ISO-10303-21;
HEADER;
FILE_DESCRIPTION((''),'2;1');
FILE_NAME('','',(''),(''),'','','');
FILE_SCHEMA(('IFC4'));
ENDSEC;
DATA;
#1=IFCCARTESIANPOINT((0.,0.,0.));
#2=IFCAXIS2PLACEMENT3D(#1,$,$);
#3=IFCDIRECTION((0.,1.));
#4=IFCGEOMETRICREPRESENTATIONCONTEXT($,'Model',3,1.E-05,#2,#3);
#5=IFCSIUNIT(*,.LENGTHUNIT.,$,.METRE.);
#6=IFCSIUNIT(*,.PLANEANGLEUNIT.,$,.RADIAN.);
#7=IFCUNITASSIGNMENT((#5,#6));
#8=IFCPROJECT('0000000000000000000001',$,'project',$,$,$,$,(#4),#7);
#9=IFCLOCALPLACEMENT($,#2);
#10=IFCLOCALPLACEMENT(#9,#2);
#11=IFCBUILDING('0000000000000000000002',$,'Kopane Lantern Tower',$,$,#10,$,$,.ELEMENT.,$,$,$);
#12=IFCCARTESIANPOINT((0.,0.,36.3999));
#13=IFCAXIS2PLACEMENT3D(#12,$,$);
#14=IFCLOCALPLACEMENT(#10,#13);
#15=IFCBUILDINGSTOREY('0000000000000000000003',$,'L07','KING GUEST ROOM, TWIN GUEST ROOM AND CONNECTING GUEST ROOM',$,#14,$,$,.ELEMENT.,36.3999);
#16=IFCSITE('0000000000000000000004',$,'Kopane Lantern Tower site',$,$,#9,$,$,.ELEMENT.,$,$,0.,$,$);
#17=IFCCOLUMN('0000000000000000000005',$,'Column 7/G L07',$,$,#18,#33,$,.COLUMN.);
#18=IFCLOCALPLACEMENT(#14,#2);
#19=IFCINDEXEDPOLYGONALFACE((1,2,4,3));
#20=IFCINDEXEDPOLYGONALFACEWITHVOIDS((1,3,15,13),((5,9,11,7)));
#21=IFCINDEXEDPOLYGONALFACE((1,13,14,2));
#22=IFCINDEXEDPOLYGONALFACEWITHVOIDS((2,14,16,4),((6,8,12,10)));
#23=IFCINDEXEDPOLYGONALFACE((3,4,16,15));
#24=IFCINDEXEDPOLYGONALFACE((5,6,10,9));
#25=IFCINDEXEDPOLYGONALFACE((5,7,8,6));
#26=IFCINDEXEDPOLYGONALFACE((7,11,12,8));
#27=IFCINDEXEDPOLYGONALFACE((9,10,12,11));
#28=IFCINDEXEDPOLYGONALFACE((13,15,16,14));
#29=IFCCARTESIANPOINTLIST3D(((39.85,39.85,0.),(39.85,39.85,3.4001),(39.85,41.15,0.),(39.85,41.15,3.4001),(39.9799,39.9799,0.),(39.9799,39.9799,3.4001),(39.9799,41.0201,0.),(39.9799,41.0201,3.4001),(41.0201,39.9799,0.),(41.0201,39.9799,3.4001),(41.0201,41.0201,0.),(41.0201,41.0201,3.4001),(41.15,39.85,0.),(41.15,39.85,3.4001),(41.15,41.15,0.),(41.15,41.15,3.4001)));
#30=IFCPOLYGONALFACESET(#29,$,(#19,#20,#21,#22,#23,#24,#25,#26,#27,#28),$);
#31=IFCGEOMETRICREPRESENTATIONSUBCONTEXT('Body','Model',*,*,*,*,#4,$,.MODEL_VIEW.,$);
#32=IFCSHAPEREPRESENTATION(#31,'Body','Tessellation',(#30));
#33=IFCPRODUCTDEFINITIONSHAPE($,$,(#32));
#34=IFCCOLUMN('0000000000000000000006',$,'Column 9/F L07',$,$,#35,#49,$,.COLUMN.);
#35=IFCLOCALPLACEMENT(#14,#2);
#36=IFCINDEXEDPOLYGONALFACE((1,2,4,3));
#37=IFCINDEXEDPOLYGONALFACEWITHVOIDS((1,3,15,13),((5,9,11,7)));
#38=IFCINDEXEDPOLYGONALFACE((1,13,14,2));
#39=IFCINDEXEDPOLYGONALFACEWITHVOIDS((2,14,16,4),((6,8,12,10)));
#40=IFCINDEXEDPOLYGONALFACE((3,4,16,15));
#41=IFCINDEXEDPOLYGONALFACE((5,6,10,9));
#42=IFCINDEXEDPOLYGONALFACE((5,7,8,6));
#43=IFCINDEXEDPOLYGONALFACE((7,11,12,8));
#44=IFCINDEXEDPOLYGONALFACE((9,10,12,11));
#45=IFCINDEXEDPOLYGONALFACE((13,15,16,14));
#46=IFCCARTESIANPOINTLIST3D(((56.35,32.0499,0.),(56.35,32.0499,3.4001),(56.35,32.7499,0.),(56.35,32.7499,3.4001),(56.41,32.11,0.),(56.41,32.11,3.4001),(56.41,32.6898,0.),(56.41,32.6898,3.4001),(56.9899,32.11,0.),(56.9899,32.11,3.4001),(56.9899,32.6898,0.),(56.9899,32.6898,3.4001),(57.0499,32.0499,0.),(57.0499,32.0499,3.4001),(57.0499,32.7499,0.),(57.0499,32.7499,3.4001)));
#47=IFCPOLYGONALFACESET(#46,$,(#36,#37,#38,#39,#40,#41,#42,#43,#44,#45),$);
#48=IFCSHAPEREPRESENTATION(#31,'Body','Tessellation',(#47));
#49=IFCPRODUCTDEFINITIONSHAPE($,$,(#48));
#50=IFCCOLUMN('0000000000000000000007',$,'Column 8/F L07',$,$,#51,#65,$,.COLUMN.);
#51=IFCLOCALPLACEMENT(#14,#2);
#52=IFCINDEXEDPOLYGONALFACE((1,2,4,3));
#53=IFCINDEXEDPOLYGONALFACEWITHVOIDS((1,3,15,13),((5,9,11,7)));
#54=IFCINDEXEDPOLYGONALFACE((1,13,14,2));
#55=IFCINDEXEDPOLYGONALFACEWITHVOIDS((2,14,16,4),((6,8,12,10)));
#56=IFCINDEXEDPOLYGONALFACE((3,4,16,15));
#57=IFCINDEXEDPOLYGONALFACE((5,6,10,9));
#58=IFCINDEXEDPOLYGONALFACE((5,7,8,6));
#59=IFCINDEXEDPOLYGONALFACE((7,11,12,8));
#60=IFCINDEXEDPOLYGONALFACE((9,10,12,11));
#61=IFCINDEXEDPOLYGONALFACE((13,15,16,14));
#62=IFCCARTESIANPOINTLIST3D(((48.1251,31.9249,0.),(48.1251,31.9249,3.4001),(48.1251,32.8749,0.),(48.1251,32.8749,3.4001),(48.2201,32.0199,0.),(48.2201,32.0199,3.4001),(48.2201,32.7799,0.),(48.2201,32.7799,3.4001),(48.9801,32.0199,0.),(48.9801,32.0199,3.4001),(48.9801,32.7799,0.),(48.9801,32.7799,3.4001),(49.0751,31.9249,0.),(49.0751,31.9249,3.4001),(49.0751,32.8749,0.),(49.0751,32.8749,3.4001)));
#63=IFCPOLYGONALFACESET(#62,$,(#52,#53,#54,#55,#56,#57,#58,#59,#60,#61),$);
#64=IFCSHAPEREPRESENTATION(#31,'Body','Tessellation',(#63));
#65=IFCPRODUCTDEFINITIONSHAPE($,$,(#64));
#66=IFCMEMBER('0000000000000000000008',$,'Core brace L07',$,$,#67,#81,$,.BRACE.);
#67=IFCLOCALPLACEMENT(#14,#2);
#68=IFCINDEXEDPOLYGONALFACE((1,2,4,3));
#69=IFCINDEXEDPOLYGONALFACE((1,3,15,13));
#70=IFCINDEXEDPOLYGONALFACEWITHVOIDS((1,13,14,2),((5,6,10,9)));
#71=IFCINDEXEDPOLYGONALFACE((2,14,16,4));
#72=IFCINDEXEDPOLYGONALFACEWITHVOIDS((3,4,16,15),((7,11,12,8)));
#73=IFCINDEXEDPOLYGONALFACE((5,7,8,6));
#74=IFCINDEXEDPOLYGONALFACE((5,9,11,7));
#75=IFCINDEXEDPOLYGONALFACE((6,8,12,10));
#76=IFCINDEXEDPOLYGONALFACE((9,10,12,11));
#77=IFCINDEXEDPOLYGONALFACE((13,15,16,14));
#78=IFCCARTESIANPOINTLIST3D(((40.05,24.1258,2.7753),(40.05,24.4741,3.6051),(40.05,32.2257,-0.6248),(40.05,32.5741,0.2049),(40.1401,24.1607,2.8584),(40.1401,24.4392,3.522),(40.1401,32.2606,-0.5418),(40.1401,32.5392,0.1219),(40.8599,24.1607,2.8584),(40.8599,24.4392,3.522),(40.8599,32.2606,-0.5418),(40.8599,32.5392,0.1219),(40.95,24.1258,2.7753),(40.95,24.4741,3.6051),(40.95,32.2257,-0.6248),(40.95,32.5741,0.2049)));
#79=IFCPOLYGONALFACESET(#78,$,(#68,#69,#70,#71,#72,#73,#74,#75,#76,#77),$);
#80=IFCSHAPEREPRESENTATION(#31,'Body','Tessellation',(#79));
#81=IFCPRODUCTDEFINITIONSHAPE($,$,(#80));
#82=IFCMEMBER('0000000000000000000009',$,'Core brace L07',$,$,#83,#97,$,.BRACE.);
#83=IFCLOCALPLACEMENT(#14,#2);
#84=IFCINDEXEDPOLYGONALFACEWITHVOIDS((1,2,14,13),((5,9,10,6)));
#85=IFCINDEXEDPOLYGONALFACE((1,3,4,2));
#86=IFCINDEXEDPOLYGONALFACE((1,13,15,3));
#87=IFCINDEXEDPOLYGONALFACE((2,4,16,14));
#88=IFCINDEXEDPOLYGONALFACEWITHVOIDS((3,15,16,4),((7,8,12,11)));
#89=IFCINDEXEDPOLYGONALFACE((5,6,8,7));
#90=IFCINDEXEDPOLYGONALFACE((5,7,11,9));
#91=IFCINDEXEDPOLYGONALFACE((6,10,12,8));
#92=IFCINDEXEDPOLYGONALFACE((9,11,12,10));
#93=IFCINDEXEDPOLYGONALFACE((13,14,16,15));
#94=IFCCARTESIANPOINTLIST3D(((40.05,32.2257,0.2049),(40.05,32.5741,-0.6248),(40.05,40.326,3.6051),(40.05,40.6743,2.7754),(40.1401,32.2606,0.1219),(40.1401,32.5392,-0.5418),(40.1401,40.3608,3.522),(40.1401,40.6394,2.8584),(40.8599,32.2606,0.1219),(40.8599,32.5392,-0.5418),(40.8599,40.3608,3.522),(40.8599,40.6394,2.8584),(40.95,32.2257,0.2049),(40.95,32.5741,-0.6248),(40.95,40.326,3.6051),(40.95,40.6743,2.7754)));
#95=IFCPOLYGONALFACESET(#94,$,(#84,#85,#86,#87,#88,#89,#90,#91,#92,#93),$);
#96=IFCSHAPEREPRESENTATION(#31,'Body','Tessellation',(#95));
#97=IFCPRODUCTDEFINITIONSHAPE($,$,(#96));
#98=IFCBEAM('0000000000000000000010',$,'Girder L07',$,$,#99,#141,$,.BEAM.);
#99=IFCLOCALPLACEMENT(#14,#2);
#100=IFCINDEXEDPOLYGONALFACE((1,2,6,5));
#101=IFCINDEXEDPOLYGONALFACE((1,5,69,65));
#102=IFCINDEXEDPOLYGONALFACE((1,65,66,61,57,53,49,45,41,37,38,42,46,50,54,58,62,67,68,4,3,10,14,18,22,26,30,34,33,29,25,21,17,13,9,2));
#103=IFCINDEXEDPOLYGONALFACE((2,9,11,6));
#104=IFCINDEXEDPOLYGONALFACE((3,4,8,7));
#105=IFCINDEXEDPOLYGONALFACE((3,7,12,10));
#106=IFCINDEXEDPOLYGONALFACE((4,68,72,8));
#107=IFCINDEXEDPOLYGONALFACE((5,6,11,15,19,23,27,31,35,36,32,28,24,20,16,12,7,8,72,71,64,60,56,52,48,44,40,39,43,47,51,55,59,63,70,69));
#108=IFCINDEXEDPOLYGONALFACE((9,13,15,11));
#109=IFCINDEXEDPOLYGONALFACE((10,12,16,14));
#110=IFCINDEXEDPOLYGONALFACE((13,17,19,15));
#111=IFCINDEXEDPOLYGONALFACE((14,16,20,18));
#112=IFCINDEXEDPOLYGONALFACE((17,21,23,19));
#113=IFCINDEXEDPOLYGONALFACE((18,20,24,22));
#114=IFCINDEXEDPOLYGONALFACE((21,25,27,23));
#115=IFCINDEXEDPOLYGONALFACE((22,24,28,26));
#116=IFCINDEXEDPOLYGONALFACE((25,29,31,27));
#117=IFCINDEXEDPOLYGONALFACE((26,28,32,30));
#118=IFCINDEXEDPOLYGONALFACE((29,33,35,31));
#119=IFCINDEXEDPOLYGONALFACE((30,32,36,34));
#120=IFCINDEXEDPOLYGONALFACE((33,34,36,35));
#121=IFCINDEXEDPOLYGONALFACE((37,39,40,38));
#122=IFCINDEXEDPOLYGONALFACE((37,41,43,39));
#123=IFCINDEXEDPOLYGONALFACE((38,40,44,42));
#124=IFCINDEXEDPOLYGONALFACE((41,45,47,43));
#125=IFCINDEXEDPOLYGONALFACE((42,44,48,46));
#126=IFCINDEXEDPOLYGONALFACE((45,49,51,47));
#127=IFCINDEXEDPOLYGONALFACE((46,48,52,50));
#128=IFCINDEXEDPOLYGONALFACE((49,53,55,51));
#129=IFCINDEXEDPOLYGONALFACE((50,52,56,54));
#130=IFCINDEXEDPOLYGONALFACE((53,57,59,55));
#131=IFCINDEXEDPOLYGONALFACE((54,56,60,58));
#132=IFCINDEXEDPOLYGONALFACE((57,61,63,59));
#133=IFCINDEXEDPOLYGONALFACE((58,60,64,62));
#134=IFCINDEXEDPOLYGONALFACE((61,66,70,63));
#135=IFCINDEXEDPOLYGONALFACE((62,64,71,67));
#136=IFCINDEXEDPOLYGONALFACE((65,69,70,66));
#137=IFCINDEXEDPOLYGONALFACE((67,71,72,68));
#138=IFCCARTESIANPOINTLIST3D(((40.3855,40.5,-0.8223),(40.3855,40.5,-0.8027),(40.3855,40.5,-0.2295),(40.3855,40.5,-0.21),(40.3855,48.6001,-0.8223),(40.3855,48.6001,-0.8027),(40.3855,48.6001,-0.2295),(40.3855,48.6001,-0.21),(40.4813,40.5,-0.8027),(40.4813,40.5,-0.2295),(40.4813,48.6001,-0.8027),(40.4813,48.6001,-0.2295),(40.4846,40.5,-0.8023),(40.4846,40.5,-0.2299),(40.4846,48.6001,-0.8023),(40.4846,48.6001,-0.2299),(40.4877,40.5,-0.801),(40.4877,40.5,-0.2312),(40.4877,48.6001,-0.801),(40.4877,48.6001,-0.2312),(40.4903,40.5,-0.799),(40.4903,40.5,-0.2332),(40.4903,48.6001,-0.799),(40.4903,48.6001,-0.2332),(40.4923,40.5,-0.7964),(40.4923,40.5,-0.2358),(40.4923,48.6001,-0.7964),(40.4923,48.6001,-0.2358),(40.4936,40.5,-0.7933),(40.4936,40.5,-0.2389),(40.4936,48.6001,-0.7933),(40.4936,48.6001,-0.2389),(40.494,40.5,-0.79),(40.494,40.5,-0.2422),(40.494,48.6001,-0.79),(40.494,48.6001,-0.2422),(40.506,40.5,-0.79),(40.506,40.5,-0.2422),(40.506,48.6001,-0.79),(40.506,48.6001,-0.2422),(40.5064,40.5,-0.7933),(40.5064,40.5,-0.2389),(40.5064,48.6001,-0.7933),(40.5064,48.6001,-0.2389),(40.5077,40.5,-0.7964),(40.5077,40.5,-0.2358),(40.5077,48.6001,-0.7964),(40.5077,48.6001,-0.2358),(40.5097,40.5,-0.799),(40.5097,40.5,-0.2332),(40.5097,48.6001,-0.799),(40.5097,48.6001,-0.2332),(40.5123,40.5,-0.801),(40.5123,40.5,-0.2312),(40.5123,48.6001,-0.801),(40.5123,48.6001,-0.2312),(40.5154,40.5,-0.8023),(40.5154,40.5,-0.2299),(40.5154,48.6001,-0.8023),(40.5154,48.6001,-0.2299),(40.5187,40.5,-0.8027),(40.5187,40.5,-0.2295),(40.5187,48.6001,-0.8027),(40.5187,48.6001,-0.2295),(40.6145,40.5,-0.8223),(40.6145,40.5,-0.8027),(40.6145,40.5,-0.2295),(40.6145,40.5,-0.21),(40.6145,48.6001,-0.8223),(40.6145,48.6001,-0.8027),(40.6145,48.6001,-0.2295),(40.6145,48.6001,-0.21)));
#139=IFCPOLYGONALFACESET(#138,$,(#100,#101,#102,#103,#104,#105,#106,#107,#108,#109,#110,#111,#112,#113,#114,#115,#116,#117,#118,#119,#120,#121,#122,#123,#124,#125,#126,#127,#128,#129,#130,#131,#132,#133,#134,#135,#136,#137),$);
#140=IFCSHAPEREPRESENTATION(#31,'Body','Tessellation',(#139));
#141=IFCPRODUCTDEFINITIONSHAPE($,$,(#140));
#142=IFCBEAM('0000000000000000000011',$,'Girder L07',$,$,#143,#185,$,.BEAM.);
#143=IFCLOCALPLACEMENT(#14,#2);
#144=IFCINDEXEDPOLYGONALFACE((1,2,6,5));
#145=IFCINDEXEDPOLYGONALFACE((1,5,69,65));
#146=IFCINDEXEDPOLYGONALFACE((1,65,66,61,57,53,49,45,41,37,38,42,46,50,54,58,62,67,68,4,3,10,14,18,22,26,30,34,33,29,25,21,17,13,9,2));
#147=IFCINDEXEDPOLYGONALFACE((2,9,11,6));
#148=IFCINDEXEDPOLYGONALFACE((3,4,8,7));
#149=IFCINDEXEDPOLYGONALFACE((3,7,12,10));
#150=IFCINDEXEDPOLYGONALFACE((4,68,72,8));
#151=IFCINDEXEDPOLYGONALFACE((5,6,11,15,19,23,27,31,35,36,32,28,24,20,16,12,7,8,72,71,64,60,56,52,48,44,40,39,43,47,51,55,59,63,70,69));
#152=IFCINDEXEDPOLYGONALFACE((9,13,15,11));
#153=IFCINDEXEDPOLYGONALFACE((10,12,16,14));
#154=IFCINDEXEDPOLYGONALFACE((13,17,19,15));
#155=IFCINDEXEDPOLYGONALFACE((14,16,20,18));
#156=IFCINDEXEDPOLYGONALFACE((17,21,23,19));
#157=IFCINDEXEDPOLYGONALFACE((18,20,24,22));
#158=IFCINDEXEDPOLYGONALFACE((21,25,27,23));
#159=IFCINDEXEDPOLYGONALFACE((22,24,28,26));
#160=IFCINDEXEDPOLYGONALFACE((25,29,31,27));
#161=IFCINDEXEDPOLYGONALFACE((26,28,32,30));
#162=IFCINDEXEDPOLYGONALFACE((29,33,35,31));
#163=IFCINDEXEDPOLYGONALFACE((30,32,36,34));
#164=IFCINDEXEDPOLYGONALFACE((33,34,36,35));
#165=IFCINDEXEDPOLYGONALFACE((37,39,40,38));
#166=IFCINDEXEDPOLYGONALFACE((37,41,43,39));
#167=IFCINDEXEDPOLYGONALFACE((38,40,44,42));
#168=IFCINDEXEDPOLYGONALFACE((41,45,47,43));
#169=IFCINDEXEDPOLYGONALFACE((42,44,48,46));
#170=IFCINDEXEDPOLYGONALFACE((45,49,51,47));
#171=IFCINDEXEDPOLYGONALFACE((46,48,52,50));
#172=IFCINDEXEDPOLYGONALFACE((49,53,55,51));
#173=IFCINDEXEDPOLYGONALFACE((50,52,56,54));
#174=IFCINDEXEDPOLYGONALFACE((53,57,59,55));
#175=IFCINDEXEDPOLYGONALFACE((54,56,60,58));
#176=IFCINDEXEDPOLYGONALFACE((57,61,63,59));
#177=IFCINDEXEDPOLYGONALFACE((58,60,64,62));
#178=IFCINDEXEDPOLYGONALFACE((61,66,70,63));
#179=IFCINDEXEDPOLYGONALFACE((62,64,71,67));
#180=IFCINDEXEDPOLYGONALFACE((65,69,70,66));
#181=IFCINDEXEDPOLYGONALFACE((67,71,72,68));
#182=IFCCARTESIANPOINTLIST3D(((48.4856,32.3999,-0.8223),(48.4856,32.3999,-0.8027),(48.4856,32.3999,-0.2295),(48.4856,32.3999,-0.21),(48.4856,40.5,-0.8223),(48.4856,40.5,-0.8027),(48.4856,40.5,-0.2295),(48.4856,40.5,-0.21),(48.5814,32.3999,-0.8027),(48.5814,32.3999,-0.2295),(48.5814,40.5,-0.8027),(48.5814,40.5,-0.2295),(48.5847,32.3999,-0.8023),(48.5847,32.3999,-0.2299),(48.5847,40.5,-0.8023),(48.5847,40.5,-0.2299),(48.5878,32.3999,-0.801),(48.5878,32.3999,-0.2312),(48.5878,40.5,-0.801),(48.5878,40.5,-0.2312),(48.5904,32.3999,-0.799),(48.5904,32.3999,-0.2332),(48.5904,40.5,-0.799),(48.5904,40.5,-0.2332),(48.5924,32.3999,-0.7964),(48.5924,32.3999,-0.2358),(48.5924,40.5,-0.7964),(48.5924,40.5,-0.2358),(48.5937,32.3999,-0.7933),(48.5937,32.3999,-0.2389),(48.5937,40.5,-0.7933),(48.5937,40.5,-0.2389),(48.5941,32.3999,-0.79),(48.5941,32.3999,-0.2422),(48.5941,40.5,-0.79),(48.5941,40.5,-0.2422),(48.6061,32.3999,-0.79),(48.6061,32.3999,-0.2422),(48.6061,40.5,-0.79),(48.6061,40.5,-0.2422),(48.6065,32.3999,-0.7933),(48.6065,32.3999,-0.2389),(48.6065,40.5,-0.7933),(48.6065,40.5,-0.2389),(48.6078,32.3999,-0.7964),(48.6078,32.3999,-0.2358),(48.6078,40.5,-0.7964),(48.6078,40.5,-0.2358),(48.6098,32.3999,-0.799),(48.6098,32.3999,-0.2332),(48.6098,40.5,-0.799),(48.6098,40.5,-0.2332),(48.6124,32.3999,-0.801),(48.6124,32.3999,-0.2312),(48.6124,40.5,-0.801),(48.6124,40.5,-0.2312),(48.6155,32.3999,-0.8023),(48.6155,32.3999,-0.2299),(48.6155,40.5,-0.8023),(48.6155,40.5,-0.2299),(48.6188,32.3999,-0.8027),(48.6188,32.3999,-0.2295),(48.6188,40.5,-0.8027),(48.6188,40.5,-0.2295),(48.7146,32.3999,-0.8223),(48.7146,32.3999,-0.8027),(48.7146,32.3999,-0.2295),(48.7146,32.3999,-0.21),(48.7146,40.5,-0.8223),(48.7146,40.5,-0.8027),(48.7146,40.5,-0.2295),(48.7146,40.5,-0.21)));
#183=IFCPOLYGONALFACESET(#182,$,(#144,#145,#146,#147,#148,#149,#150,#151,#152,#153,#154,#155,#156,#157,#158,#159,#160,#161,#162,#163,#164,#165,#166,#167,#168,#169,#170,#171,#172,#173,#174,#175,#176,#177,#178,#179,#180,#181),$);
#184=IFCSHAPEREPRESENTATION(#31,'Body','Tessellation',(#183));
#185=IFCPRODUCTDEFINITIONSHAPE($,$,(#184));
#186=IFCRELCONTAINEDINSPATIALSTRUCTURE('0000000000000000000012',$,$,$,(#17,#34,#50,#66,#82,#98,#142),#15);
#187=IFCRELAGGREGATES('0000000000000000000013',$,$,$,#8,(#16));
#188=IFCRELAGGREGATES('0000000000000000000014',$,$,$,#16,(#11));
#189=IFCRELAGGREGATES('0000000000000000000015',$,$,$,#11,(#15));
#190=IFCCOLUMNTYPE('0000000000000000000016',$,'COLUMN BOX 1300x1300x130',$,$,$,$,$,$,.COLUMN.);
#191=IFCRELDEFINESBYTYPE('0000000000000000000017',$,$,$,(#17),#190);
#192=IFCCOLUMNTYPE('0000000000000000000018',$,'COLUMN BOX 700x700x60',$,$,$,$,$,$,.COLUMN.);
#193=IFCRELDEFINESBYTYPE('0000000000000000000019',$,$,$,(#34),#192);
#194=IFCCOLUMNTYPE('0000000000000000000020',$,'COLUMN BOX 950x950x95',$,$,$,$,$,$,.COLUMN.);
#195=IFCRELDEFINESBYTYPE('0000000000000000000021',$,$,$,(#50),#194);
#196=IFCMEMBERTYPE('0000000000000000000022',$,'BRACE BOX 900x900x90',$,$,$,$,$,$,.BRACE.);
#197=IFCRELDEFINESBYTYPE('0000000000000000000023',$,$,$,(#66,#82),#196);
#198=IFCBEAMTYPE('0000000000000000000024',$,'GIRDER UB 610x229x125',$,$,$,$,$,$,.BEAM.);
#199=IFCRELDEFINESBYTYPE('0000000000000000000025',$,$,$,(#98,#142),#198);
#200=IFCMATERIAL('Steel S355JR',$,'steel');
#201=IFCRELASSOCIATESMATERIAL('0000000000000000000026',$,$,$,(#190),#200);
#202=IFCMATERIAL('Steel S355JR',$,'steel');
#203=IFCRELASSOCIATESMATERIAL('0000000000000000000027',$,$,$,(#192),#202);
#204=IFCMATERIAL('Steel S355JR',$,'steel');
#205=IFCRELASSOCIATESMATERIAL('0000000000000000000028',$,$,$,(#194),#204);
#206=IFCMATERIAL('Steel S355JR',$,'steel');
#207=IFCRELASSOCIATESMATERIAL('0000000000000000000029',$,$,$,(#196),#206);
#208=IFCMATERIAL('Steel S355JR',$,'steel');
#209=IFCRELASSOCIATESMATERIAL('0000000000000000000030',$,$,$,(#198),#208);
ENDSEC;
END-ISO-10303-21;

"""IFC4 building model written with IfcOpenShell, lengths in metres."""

from ifc_helpers import new_model, si_unit, direction, frame, origin, origin_2d, place, context, subcontext, project, spatial, hollow_rectangle, i_section, extrude, material, material_profile, profile_set, type_object, element, save


model = new_model("IFC4")

# Units and contexts
model_context = context("Model", 3, precision=1e-05, world=origin(), true_north=direction((0.0, 1.0)))
body_context = subcontext(model_context, "Body", "Model", "MODEL_VIEW")
ifc_project = project(units=[si_unit("LENGTHUNIT", "METRE"), si_unit("PLANEANGLEUNIT", "RADIAN")], contexts=[model_context])

# Site, building, storey
site_placement = place(None, origin())
site = spatial("IfcSite", under=ifc_project, at=site_placement, Name="Kopane Lantern Tower site", CompositionType="ELEMENT", RefElevation=0.0)
building_placement = place(site_placement, origin())
building = spatial("IfcBuilding", under=site, at=building_placement, Name="Kopane Lantern Tower", CompositionType="ELEMENT")
storey_placement = place(building_placement, frame((0.0, 0.0, 36.3999)))
storey = spatial("IfcBuildingStorey", under=building, at=storey_placement, Name="L07", Description="KING GUEST ROOM, TWIN GUEST ROOM AND CONNECTING GUEST ROOM", CompositionType="ELEMENT", Elevation=36.3999)

# Columns
ifc_material_1 = material(Name="Steel S355JR", Category="steel")
ifc_material_profile_1 = material_profile(ifc_material_1, hollow_rectangle(XDim=1.3, YDim=1.3, WallThickness=0.1299, at=origin_2d()), Name="BOX 1300x1300x130")
ifc_profile_set_1 = profile_set([ifc_material_profile_1], Name="Steel S355JR")
column_type_1 = type_object("IfcColumnType", Name="COLUMN BOX 1300x1300x130", PredefinedType="COLUMN", material=ifc_profile_set_1)
column_1_placement = place(storey_placement, frame((40.5, 40.5, 0.0), z_axis=(0.0, 0.0, 1.0), x_axis=(1.0, 0.0, 0.0)))
element("IfcColumn", 1, at=column_1_placement, inside=storey, type_object=column_type_1, Name="Column 7/G L07", PredefinedType="COLUMN", context=body_context, shape_type="SweptSolid", body=[
    extrude(hollow_rectangle(XDim=1.3, YDim=1.3, WallThickness=0.1299, at=origin_2d()), origin(), (0.0, 0.0, 1.0), 3.4001),
])
ifc_material_2 = material(Name="Steel S355JR", Category="steel")
ifc_material_profile_2 = material_profile(ifc_material_2, hollow_rectangle(XDim=0.7, YDim=0.7, WallThickness=0.0601, at=origin_2d()), Name="BOX 700x700x60")
ifc_profile_set_2 = profile_set([ifc_material_profile_2], Name="Steel S355JR")
column_type_2 = type_object("IfcColumnType", Name="COLUMN BOX 700x700x60", PredefinedType="COLUMN", material=ifc_profile_set_2)
column_2_placement = place(storey_placement, frame((56.7, 32.3999, 0.0), z_axis=(0.0, 0.0, 1.0), x_axis=(1.0, 0.0, 0.0)))
element("IfcColumn", 2, at=column_2_placement, inside=storey, type_object=column_type_2, Name="Column 9/F L07", PredefinedType="COLUMN", context=body_context, shape_type="SweptSolid", body=[
    extrude(hollow_rectangle(XDim=0.7, YDim=0.7, WallThickness=0.0601, at=origin_2d()), origin(), (0.0, 0.0, 1.0), 3.4001),
])
ifc_material_3 = material(Name="Steel S355JR", Category="steel")
ifc_material_profile_3 = material_profile(ifc_material_3, hollow_rectangle(XDim=0.95, YDim=0.95, WallThickness=0.095, at=origin_2d()), Name="BOX 950x950x95")
ifc_profile_set_3 = profile_set([ifc_material_profile_3], Name="Steel S355JR")
column_type_3 = type_object("IfcColumnType", Name="COLUMN BOX 950x950x95", PredefinedType="COLUMN", material=ifc_profile_set_3)
column_3_placement = place(storey_placement, frame((48.6001, 32.3999, 0.0), z_axis=(0.0, 0.0, 1.0), x_axis=(1.0, 0.0, 0.0)))
element("IfcColumn", 3, at=column_3_placement, inside=storey, type_object=column_type_3, Name="Column 8/F L07", PredefinedType="COLUMN", context=body_context, shape_type="SweptSolid", body=[
    extrude(hollow_rectangle(XDim=0.95, YDim=0.95, WallThickness=0.095, at=origin_2d()), origin(), (0.0, 0.0, 1.0), 3.4001),
])

# Members
ifc_material_4 = material(Name="Steel S355JR", Category="steel")
ifc_material_profile_4 = material_profile(ifc_material_4, hollow_rectangle(XDim=0.8999, YDim=0.8999, WallThickness=0.0901, at=origin_2d()), Name="BOX 900x900x90")
ifc_profile_set_4 = profile_set([ifc_material_profile_4], Name="Steel S355JR")
member_type = type_object("IfcMemberType", Name="BRACE BOX 900x900x90", PredefinedType="BRACE", material=ifc_profile_set_4)
member_1_placement = place(storey_placement, frame((40.5, 32.3999, -0.21), z_axis=(0.0, -0.922055, 0.387059), x_axis=(1.0, 0.0, 0.0)))
element("IfcMember", 4, at=member_1_placement, inside=storey, type_object=member_type, Name="Core brace L07", PredefinedType="BRACE", context=body_context, shape_type="SweptSolid", body=[
    extrude(hollow_rectangle(XDim=0.8999, YDim=0.8999, WallThickness=0.0901, at=origin_2d()), origin(), (0.0, 0.0, 1.0), 8.7847),
])
member_2_placement = place(storey_placement, frame((40.5, 32.3999, -0.21), z_axis=(0.0, 0.922059, 0.387049), x_axis=(-1.0, 0.0, 0.0)))
element("IfcMember", 5, at=member_2_placement, inside=storey, type_object=member_type, Name="Core brace L07", PredefinedType="BRACE", context=body_context, shape_type="SweptSolid", body=[
    extrude(hollow_rectangle(XDim=0.8999, YDim=0.8999, WallThickness=0.0901, at=origin_2d()), origin(), (0.0, 0.0, 1.0), 8.7849),
])

# Beams
ifc_material_5 = material(Name="Steel S355JR", Category="steel")
ifc_material_profile_5 = material_profile(ifc_material_5, i_section(OverallWidth=0.229, OverallDepth=0.6123, WebThickness=0.012, FlangeThickness=0.0195, FilletRadius=0.0127, at=origin_2d()), Name="UB 610x229x125")
ifc_profile_set_5 = profile_set([ifc_material_profile_5], Name="Steel S355JR")
beam_type = type_object("IfcBeamType", Name="GIRDER UB 610x229x125", PredefinedType="BEAM", material=ifc_profile_set_5)
for number, where, z_axis, x_axis, name in (
    (6, (40.5, 40.5, -0.5161), (0.0, 1.0, 0.0), (-1.0, 0.0, 0.0), "Girder L07"),
    (7, (48.6001, 32.3999, -0.5161), (0.0, 1.0, 0.0), (-1.0, 0.0, 0.0), "Girder L07"),
):
    element("IfcBeam", number, at=place(storey_placement, frame(where, z_axis=z_axis, x_axis=x_axis)), inside=storey, type_object=beam_type, Name=name, PredefinedType="BEAM", context=body_context, shape_type="SweptSolid", body=[
        extrude(i_section(OverallWidth=0.229, OverallDepth=0.6123, WebThickness=0.012, FlangeThickness=0.0195, FilletRadius=0.0127, at=origin_2d()), origin(), (0.0, 0.0, 1.0), 8.1001),
    ])

save(model, "model.ifc")
